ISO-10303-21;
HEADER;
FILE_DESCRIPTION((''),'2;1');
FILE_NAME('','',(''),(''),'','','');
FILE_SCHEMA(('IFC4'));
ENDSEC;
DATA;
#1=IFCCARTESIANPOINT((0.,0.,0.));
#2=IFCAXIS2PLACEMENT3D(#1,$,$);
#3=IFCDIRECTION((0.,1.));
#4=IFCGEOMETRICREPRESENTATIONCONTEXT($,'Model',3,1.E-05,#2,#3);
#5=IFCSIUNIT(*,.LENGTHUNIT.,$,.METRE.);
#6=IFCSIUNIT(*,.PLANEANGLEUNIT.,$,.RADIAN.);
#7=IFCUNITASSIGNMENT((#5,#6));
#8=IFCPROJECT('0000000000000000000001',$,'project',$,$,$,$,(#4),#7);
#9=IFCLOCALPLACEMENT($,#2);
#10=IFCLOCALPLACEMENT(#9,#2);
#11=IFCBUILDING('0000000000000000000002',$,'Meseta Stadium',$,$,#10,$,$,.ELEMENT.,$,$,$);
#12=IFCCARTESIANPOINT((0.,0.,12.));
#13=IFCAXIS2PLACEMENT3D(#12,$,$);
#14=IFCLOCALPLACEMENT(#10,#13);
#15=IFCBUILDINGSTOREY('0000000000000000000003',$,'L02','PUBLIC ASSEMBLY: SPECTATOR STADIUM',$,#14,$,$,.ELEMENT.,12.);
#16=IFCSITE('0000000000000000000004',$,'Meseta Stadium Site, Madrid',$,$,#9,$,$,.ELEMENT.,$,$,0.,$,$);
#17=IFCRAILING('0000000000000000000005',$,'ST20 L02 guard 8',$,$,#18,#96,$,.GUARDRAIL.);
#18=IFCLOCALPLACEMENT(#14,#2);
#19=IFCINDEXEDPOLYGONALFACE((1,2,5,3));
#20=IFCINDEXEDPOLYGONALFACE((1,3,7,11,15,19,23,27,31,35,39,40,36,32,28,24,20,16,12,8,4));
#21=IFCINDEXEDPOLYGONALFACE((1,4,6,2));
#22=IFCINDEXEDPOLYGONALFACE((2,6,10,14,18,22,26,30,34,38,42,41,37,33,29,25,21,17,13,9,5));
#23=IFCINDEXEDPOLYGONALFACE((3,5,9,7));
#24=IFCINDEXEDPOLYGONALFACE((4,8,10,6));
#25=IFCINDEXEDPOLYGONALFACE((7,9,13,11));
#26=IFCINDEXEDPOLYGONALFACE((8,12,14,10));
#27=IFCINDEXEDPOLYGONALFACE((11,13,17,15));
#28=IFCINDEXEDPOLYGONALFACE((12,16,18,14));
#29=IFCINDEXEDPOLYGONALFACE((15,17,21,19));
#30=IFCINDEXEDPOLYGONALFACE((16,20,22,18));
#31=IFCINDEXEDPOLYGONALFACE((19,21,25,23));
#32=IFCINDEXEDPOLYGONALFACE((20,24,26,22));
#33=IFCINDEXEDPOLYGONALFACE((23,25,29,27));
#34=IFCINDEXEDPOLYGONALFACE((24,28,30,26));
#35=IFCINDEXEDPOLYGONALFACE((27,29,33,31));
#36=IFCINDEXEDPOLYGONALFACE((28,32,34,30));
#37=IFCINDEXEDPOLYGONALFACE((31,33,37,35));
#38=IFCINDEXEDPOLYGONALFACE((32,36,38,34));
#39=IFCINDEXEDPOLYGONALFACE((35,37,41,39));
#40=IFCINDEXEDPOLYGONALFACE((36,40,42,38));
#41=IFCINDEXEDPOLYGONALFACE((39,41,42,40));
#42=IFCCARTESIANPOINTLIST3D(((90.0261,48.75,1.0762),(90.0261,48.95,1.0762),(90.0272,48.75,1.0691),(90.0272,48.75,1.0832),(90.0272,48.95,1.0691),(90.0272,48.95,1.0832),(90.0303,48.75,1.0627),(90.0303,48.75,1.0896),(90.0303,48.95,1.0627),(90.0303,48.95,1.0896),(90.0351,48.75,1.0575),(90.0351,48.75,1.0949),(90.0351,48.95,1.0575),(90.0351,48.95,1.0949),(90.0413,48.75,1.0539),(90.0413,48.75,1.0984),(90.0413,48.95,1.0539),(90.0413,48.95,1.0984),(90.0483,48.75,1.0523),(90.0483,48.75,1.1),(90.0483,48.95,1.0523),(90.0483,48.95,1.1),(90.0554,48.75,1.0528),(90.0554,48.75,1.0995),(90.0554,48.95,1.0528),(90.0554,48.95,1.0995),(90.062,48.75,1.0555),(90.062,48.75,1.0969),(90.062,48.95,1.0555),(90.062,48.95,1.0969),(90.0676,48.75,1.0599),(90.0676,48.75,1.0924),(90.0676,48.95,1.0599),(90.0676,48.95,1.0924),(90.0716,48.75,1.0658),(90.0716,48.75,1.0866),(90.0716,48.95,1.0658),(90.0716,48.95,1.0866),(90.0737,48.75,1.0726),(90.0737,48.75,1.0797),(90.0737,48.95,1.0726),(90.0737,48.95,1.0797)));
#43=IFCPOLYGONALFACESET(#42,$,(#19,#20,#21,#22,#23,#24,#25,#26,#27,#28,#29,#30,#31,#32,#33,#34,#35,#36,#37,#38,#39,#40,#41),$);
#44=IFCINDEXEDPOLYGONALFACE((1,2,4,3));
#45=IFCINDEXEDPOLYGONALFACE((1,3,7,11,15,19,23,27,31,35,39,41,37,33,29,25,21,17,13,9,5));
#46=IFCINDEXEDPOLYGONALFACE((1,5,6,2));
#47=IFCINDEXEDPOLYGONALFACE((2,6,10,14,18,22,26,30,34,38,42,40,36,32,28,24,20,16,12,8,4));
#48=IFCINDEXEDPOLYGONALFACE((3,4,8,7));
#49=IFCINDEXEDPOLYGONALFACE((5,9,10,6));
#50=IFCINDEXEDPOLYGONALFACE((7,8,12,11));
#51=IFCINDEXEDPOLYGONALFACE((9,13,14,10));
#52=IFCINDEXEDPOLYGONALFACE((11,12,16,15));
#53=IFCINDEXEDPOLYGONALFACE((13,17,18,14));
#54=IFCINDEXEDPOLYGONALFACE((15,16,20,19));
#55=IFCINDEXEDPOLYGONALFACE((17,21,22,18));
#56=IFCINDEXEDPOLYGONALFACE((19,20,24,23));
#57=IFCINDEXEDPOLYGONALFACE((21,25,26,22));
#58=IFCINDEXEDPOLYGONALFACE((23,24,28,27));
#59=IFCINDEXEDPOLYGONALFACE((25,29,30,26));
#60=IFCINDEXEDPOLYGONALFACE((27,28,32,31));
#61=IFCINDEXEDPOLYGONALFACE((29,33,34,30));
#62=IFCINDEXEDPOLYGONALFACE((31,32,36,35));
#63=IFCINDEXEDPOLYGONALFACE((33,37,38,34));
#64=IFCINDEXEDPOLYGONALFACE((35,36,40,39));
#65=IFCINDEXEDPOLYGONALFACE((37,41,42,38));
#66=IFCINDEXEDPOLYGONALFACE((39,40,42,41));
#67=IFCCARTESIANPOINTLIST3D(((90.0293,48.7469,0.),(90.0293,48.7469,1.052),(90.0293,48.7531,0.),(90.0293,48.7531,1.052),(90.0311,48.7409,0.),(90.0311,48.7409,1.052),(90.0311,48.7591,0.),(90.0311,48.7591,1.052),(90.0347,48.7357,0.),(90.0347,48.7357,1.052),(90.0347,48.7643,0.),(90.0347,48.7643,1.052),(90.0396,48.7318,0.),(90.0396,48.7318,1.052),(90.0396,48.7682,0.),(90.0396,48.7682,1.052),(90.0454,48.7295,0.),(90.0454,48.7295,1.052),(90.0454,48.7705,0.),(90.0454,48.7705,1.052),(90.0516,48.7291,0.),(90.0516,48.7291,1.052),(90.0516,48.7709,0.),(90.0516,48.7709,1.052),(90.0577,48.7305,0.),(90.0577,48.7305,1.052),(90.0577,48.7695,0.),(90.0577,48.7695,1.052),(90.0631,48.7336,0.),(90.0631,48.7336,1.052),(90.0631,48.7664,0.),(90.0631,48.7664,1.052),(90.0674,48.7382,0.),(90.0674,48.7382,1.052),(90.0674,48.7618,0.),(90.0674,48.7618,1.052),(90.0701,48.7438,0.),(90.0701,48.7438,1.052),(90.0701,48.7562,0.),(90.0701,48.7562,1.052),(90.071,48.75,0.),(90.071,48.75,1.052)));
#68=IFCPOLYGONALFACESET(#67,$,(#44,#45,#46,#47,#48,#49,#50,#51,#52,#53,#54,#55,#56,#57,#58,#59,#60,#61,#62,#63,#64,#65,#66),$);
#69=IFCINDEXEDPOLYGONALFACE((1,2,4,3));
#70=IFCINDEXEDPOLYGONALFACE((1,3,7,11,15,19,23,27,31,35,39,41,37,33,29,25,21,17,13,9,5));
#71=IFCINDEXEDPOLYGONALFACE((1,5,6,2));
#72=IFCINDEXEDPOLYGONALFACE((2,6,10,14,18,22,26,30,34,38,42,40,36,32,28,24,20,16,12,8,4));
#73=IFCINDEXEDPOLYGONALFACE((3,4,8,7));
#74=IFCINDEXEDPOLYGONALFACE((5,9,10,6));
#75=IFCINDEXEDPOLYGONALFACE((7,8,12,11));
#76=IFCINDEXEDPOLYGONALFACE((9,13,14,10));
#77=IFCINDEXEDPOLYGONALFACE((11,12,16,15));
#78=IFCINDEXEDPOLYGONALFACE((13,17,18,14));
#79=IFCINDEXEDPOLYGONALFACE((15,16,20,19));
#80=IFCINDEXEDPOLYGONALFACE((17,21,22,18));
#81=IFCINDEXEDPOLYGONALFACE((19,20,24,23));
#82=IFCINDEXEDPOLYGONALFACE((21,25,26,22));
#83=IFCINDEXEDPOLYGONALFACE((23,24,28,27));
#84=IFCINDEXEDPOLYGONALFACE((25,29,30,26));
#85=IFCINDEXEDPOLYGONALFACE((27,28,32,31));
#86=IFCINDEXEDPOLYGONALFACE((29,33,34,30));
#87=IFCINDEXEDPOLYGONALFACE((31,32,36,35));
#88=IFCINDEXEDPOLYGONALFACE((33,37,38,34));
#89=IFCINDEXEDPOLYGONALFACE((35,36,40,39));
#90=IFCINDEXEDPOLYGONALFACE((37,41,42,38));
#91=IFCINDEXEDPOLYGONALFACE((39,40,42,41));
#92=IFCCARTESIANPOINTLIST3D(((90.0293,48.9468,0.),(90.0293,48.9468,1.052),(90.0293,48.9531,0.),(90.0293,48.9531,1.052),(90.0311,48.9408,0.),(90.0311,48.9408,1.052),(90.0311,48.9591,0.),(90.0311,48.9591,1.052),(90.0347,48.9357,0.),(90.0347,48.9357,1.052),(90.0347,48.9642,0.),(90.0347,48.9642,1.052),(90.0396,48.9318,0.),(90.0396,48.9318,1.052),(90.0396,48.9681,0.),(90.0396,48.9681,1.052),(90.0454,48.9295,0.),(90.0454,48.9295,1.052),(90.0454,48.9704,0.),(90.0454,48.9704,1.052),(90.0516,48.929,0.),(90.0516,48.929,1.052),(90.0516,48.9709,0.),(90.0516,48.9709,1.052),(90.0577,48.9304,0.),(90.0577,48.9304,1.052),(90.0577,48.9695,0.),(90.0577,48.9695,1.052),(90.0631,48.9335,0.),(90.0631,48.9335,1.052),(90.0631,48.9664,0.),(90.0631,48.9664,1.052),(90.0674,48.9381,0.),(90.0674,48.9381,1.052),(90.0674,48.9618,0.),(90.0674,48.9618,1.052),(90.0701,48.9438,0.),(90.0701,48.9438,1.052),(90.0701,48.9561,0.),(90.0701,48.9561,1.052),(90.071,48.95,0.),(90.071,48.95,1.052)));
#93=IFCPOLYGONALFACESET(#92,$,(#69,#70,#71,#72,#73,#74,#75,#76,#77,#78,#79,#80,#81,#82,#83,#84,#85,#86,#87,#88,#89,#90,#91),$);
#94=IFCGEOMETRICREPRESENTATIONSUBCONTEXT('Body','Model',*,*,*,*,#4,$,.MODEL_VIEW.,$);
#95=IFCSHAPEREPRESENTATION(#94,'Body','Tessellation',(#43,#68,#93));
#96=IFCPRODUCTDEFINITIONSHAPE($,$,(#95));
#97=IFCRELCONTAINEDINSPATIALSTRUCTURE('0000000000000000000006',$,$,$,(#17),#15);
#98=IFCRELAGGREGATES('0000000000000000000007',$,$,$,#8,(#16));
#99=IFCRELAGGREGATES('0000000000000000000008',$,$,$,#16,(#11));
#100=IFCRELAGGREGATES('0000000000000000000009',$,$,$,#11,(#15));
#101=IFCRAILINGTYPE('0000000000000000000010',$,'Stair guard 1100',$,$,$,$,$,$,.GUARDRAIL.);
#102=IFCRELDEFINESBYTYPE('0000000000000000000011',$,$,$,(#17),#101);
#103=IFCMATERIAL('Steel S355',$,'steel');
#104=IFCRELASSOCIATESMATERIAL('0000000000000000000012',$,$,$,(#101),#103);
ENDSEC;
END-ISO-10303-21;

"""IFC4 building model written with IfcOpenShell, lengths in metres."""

from ifc_helpers import new_model, si_unit, direction, frame, origin, origin_2d, place, context, subcontext, project, spatial, circle, extrude, material, type_object, element, save


model = new_model("IFC4")

# Units and contexts
model_context = context("Model", 3, precision=1e-05, world=origin(), true_north=direction((0.0, 1.0)))
body_context = subcontext(model_context, "Body", "Model", "MODEL_VIEW")
ifc_project = project(units=[si_unit("LENGTHUNIT", "METRE"), si_unit("PLANEANGLEUNIT", "RADIAN")], contexts=[model_context])

# Site, building, storey
site_placement = place(None, origin())
site = spatial("IfcSite", under=ifc_project, at=site_placement, Name="Meseta Stadium Site, Madrid", CompositionType="ELEMENT", RefElevation=0.0)
building_placement = place(site_placement, origin())
building = spatial("IfcBuilding", under=site, at=building_placement, Name="Meseta Stadium", CompositionType="ELEMENT")
storey_placement = place(building_placement, frame((0.0, 0.0, 12.0)))
storey = spatial("IfcBuildingStorey", under=building, at=storey_placement, Name="L02", Description="PUBLIC ASSEMBLY: SPECTATOR STADIUM", CompositionType="ELEMENT", Elevation=12.0)

# Railing
ifc_material_1 = material(Name="Steel S355", Category="steel")
railing_type_1 = type_object("IfcRailingType", Name="Stair guard 1100", PredefinedType="GUARDRAIL", material=ifc_material_1)
railing_1_placement = place(storey_placement, frame((90.05, 48.75, 0.0)))
element("IfcRailing", 1, at=railing_1_placement, inside=storey, type_object=railing_type_1, Name="ST20 L02 guard 8", PredefinedType="GUARDRAIL", context=body_context, shape_type="SweptSolid", body=[
    extrude(circle(Radius=0.0239, at=origin_2d()), frame((0.0, 0.0, 1.0762), z_axis=(0.0, 1.0, 0.0), x_axis=(-1.0, 0.0, 0.0)), (0.0, 0.0, 1.0), 0.2),
    extrude(circle(Radius=0.021, at=origin_2d()), origin(), (0.0, 0.0, 1.0), 1.052),
    extrude(circle(Radius=0.021, at=origin_2d()), frame((0.0, 0.2, 0.0)), (0.0, 0.0, 1.0), 1.052),
])

save(model, "model.ifc")
